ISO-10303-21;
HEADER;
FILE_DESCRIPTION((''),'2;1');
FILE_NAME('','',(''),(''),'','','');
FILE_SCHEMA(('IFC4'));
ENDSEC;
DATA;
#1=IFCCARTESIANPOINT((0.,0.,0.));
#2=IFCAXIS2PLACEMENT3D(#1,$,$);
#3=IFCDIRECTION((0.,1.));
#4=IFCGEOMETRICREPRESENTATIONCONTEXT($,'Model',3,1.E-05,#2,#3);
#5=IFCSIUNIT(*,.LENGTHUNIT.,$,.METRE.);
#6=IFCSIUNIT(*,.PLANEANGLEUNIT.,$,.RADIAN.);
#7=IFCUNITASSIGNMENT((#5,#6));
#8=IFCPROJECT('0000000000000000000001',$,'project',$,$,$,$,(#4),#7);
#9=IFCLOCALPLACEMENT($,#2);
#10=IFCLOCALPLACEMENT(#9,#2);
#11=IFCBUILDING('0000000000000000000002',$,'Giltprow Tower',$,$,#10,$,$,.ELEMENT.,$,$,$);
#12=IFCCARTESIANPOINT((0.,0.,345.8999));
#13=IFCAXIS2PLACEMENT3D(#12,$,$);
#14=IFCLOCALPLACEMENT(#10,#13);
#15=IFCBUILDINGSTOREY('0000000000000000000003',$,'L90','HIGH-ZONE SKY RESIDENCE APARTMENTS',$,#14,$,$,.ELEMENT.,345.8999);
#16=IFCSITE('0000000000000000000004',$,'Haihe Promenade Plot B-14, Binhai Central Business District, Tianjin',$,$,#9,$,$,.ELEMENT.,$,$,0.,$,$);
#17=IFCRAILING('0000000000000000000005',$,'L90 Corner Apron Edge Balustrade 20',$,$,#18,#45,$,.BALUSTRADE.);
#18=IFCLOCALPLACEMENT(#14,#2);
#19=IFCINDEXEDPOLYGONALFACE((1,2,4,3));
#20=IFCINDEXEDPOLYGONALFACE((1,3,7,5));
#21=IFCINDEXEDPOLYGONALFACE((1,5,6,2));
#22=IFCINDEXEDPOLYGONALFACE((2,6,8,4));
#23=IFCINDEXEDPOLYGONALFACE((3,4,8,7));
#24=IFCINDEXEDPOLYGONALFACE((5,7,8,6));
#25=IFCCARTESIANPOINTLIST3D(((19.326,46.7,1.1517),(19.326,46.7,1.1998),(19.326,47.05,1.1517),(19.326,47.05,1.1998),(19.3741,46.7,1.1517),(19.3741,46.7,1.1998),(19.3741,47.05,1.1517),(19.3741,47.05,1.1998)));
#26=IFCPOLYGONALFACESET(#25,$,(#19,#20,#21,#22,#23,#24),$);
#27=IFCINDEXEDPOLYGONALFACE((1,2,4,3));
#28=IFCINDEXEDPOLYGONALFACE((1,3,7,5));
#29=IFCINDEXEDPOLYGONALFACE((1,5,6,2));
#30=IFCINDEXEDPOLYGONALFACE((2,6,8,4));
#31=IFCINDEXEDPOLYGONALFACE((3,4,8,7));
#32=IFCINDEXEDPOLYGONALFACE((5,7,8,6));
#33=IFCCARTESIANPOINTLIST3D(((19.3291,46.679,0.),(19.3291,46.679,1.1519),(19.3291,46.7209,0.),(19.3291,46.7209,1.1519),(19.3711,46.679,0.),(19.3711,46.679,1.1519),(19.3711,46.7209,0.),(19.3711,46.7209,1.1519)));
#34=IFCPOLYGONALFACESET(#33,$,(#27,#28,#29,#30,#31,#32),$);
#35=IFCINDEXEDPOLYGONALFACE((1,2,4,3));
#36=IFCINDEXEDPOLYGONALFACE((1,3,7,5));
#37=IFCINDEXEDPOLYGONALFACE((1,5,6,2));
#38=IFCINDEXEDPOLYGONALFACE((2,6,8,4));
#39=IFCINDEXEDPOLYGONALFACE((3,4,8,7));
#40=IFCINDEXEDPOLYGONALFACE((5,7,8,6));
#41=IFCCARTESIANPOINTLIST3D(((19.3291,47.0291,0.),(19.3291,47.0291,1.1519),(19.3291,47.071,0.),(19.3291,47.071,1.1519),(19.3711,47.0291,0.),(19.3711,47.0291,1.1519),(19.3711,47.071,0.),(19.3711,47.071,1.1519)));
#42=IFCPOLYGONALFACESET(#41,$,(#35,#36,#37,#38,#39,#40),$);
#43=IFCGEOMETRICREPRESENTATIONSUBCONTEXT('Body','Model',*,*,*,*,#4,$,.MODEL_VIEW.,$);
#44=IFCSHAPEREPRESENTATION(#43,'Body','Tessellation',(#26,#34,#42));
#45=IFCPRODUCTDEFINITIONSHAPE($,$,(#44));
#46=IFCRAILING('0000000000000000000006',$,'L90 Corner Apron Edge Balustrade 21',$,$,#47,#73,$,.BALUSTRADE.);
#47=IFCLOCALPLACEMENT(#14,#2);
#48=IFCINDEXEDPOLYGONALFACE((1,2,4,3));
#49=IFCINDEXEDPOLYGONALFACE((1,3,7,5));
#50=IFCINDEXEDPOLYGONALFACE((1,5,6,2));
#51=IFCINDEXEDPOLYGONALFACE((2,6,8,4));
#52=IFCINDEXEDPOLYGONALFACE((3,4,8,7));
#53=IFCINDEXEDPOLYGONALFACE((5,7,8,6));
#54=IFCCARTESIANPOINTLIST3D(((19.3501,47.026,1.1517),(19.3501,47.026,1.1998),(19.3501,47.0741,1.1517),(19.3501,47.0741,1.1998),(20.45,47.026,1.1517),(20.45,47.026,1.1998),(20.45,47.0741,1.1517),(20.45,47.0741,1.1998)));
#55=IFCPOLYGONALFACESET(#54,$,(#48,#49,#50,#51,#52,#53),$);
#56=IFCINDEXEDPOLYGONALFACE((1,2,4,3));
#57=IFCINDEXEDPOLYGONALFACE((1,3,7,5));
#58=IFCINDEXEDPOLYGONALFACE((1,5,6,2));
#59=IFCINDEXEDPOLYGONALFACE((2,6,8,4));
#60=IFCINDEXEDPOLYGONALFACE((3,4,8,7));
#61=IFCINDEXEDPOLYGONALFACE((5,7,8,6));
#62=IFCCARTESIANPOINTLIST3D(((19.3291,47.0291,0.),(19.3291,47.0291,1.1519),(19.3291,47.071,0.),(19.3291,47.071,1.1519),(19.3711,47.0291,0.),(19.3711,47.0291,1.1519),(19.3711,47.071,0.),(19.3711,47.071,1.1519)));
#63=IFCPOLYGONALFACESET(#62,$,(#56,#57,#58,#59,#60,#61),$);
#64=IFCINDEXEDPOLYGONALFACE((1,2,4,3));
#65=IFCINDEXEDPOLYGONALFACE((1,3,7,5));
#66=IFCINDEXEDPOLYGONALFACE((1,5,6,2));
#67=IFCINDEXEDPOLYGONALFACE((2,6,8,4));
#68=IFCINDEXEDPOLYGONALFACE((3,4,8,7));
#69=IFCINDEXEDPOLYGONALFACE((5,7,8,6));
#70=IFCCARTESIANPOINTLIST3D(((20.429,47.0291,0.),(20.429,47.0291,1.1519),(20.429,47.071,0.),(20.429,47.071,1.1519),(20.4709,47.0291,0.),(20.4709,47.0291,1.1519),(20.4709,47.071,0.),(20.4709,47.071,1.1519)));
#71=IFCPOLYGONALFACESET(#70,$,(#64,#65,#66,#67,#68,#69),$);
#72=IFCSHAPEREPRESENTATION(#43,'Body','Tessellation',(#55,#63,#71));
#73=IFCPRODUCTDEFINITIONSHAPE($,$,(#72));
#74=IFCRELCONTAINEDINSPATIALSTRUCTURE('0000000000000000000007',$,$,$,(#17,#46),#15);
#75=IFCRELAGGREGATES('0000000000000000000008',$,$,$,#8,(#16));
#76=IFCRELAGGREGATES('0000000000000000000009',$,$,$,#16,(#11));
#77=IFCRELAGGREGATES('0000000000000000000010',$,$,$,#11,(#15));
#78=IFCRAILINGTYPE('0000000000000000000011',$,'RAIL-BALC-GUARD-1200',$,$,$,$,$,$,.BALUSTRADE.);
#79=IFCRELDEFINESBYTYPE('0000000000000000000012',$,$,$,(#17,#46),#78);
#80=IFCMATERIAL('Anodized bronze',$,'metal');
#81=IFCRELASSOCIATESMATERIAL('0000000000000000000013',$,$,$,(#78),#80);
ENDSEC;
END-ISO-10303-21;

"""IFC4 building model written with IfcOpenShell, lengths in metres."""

from ifc_helpers import new_model, si_unit, direction, frame, origin, origin_2d, place, context, subcontext, project, spatial, rectangle, extrude, material, type_object, element, save


model = new_model("IFC4")

# Units and contexts
model_context = context("Model", 3, precision=1e-05, world=origin(), true_north=direction((0.0, 1.0)))
body_context = subcontext(model_context, "Body", "Model", "MODEL_VIEW")
ifc_project = project(units=[si_unit("LENGTHUNIT", "METRE"), si_unit("PLANEANGLEUNIT", "RADIAN")], contexts=[model_context])

# Site, building, storey
site_placement = place(None, origin())
site = spatial("IfcSite", under=ifc_project, at=site_placement, Name="Haihe Promenade Plot B-14, Binhai Central Business District, Tianjin", CompositionType="ELEMENT", RefElevation=0.0)
building_placement = place(site_placement, origin())
building = spatial("IfcBuilding", under=site, at=building_placement, Name="Giltprow Tower", CompositionType="ELEMENT")
storey_placement = place(building_placement, frame((0.0, 0.0, 345.8999)))
storey = spatial("IfcBuildingStorey", under=building, at=storey_placement, Name="L90", Description="HIGH-ZONE SKY RESIDENCE APARTMENTS", CompositionType="ELEMENT", Elevation=345.8999)

# Railings
ifc_material_1 = material(Name="Anodized bronze", Category="metal")
railing_type = type_object("IfcRailingType", Name="RAIL-BALC-GUARD-1200", PredefinedType="BALUSTRADE", material=ifc_material_1)
railing_1_placement = place(storey_placement, frame((19.3501, 46.7, 0.0)))
element("IfcRailing", 1, at=railing_1_placement, inside=storey, type_object=railing_type, Name="L90 Corner Apron Edge Balustrade 20", PredefinedType="BALUSTRADE", context=body_context, shape_type="SweptSolid", body=[
    extrude(rectangle(XDim=0.0481, YDim=0.0481, at=origin_2d()), frame((0.0, 0.0, 1.1758), z_axis=(0.0, 1.0, 0.0), x_axis=(-1.0, 0.0, 0.0)), (0.0, 0.0, 1.0), 0.3501),
    extrude(rectangle(XDim=0.042, YDim=0.042, at=origin_2d()), origin(), (0.0, 0.0, 1.0), 1.1519),
    extrude(rectangle(XDim=0.042, YDim=0.042, at=origin_2d()), frame((0.0, 0.3501, 0.0)), (0.0, 0.0, 1.0), 1.1519),
])
railing_2_placement = place(storey_placement, frame((19.3501, 47.05, 0.0)))
element("IfcRailing", 2, at=railing_2_placement, inside=storey, type_object=railing_type, Name="L90 Corner Apron Edge Balustrade 21", PredefinedType="BALUSTRADE", context=body_context, shape_type="SweptSolid", body=[
    extrude(rectangle(XDim=0.0481, YDim=0.0481, at=origin_2d()), frame((0.0, 0.0, 1.1758), z_axis=(1.0, 0.0, 0.0), x_axis=(0.0, 1.0, 0.0)), (0.0, 0.0, 1.0), 1.0999),
    extrude(rectangle(XDim=0.042, YDim=0.042, at=origin_2d()), origin(), (0.0, 0.0, 1.0), 1.1519),
    extrude(rectangle(XDim=0.042, YDim=0.042, at=origin_2d()), frame((1.0999, 0.0, 0.0)), (0.0, 0.0, 1.0), 1.1519),
])

save(model, "model.ifc")
